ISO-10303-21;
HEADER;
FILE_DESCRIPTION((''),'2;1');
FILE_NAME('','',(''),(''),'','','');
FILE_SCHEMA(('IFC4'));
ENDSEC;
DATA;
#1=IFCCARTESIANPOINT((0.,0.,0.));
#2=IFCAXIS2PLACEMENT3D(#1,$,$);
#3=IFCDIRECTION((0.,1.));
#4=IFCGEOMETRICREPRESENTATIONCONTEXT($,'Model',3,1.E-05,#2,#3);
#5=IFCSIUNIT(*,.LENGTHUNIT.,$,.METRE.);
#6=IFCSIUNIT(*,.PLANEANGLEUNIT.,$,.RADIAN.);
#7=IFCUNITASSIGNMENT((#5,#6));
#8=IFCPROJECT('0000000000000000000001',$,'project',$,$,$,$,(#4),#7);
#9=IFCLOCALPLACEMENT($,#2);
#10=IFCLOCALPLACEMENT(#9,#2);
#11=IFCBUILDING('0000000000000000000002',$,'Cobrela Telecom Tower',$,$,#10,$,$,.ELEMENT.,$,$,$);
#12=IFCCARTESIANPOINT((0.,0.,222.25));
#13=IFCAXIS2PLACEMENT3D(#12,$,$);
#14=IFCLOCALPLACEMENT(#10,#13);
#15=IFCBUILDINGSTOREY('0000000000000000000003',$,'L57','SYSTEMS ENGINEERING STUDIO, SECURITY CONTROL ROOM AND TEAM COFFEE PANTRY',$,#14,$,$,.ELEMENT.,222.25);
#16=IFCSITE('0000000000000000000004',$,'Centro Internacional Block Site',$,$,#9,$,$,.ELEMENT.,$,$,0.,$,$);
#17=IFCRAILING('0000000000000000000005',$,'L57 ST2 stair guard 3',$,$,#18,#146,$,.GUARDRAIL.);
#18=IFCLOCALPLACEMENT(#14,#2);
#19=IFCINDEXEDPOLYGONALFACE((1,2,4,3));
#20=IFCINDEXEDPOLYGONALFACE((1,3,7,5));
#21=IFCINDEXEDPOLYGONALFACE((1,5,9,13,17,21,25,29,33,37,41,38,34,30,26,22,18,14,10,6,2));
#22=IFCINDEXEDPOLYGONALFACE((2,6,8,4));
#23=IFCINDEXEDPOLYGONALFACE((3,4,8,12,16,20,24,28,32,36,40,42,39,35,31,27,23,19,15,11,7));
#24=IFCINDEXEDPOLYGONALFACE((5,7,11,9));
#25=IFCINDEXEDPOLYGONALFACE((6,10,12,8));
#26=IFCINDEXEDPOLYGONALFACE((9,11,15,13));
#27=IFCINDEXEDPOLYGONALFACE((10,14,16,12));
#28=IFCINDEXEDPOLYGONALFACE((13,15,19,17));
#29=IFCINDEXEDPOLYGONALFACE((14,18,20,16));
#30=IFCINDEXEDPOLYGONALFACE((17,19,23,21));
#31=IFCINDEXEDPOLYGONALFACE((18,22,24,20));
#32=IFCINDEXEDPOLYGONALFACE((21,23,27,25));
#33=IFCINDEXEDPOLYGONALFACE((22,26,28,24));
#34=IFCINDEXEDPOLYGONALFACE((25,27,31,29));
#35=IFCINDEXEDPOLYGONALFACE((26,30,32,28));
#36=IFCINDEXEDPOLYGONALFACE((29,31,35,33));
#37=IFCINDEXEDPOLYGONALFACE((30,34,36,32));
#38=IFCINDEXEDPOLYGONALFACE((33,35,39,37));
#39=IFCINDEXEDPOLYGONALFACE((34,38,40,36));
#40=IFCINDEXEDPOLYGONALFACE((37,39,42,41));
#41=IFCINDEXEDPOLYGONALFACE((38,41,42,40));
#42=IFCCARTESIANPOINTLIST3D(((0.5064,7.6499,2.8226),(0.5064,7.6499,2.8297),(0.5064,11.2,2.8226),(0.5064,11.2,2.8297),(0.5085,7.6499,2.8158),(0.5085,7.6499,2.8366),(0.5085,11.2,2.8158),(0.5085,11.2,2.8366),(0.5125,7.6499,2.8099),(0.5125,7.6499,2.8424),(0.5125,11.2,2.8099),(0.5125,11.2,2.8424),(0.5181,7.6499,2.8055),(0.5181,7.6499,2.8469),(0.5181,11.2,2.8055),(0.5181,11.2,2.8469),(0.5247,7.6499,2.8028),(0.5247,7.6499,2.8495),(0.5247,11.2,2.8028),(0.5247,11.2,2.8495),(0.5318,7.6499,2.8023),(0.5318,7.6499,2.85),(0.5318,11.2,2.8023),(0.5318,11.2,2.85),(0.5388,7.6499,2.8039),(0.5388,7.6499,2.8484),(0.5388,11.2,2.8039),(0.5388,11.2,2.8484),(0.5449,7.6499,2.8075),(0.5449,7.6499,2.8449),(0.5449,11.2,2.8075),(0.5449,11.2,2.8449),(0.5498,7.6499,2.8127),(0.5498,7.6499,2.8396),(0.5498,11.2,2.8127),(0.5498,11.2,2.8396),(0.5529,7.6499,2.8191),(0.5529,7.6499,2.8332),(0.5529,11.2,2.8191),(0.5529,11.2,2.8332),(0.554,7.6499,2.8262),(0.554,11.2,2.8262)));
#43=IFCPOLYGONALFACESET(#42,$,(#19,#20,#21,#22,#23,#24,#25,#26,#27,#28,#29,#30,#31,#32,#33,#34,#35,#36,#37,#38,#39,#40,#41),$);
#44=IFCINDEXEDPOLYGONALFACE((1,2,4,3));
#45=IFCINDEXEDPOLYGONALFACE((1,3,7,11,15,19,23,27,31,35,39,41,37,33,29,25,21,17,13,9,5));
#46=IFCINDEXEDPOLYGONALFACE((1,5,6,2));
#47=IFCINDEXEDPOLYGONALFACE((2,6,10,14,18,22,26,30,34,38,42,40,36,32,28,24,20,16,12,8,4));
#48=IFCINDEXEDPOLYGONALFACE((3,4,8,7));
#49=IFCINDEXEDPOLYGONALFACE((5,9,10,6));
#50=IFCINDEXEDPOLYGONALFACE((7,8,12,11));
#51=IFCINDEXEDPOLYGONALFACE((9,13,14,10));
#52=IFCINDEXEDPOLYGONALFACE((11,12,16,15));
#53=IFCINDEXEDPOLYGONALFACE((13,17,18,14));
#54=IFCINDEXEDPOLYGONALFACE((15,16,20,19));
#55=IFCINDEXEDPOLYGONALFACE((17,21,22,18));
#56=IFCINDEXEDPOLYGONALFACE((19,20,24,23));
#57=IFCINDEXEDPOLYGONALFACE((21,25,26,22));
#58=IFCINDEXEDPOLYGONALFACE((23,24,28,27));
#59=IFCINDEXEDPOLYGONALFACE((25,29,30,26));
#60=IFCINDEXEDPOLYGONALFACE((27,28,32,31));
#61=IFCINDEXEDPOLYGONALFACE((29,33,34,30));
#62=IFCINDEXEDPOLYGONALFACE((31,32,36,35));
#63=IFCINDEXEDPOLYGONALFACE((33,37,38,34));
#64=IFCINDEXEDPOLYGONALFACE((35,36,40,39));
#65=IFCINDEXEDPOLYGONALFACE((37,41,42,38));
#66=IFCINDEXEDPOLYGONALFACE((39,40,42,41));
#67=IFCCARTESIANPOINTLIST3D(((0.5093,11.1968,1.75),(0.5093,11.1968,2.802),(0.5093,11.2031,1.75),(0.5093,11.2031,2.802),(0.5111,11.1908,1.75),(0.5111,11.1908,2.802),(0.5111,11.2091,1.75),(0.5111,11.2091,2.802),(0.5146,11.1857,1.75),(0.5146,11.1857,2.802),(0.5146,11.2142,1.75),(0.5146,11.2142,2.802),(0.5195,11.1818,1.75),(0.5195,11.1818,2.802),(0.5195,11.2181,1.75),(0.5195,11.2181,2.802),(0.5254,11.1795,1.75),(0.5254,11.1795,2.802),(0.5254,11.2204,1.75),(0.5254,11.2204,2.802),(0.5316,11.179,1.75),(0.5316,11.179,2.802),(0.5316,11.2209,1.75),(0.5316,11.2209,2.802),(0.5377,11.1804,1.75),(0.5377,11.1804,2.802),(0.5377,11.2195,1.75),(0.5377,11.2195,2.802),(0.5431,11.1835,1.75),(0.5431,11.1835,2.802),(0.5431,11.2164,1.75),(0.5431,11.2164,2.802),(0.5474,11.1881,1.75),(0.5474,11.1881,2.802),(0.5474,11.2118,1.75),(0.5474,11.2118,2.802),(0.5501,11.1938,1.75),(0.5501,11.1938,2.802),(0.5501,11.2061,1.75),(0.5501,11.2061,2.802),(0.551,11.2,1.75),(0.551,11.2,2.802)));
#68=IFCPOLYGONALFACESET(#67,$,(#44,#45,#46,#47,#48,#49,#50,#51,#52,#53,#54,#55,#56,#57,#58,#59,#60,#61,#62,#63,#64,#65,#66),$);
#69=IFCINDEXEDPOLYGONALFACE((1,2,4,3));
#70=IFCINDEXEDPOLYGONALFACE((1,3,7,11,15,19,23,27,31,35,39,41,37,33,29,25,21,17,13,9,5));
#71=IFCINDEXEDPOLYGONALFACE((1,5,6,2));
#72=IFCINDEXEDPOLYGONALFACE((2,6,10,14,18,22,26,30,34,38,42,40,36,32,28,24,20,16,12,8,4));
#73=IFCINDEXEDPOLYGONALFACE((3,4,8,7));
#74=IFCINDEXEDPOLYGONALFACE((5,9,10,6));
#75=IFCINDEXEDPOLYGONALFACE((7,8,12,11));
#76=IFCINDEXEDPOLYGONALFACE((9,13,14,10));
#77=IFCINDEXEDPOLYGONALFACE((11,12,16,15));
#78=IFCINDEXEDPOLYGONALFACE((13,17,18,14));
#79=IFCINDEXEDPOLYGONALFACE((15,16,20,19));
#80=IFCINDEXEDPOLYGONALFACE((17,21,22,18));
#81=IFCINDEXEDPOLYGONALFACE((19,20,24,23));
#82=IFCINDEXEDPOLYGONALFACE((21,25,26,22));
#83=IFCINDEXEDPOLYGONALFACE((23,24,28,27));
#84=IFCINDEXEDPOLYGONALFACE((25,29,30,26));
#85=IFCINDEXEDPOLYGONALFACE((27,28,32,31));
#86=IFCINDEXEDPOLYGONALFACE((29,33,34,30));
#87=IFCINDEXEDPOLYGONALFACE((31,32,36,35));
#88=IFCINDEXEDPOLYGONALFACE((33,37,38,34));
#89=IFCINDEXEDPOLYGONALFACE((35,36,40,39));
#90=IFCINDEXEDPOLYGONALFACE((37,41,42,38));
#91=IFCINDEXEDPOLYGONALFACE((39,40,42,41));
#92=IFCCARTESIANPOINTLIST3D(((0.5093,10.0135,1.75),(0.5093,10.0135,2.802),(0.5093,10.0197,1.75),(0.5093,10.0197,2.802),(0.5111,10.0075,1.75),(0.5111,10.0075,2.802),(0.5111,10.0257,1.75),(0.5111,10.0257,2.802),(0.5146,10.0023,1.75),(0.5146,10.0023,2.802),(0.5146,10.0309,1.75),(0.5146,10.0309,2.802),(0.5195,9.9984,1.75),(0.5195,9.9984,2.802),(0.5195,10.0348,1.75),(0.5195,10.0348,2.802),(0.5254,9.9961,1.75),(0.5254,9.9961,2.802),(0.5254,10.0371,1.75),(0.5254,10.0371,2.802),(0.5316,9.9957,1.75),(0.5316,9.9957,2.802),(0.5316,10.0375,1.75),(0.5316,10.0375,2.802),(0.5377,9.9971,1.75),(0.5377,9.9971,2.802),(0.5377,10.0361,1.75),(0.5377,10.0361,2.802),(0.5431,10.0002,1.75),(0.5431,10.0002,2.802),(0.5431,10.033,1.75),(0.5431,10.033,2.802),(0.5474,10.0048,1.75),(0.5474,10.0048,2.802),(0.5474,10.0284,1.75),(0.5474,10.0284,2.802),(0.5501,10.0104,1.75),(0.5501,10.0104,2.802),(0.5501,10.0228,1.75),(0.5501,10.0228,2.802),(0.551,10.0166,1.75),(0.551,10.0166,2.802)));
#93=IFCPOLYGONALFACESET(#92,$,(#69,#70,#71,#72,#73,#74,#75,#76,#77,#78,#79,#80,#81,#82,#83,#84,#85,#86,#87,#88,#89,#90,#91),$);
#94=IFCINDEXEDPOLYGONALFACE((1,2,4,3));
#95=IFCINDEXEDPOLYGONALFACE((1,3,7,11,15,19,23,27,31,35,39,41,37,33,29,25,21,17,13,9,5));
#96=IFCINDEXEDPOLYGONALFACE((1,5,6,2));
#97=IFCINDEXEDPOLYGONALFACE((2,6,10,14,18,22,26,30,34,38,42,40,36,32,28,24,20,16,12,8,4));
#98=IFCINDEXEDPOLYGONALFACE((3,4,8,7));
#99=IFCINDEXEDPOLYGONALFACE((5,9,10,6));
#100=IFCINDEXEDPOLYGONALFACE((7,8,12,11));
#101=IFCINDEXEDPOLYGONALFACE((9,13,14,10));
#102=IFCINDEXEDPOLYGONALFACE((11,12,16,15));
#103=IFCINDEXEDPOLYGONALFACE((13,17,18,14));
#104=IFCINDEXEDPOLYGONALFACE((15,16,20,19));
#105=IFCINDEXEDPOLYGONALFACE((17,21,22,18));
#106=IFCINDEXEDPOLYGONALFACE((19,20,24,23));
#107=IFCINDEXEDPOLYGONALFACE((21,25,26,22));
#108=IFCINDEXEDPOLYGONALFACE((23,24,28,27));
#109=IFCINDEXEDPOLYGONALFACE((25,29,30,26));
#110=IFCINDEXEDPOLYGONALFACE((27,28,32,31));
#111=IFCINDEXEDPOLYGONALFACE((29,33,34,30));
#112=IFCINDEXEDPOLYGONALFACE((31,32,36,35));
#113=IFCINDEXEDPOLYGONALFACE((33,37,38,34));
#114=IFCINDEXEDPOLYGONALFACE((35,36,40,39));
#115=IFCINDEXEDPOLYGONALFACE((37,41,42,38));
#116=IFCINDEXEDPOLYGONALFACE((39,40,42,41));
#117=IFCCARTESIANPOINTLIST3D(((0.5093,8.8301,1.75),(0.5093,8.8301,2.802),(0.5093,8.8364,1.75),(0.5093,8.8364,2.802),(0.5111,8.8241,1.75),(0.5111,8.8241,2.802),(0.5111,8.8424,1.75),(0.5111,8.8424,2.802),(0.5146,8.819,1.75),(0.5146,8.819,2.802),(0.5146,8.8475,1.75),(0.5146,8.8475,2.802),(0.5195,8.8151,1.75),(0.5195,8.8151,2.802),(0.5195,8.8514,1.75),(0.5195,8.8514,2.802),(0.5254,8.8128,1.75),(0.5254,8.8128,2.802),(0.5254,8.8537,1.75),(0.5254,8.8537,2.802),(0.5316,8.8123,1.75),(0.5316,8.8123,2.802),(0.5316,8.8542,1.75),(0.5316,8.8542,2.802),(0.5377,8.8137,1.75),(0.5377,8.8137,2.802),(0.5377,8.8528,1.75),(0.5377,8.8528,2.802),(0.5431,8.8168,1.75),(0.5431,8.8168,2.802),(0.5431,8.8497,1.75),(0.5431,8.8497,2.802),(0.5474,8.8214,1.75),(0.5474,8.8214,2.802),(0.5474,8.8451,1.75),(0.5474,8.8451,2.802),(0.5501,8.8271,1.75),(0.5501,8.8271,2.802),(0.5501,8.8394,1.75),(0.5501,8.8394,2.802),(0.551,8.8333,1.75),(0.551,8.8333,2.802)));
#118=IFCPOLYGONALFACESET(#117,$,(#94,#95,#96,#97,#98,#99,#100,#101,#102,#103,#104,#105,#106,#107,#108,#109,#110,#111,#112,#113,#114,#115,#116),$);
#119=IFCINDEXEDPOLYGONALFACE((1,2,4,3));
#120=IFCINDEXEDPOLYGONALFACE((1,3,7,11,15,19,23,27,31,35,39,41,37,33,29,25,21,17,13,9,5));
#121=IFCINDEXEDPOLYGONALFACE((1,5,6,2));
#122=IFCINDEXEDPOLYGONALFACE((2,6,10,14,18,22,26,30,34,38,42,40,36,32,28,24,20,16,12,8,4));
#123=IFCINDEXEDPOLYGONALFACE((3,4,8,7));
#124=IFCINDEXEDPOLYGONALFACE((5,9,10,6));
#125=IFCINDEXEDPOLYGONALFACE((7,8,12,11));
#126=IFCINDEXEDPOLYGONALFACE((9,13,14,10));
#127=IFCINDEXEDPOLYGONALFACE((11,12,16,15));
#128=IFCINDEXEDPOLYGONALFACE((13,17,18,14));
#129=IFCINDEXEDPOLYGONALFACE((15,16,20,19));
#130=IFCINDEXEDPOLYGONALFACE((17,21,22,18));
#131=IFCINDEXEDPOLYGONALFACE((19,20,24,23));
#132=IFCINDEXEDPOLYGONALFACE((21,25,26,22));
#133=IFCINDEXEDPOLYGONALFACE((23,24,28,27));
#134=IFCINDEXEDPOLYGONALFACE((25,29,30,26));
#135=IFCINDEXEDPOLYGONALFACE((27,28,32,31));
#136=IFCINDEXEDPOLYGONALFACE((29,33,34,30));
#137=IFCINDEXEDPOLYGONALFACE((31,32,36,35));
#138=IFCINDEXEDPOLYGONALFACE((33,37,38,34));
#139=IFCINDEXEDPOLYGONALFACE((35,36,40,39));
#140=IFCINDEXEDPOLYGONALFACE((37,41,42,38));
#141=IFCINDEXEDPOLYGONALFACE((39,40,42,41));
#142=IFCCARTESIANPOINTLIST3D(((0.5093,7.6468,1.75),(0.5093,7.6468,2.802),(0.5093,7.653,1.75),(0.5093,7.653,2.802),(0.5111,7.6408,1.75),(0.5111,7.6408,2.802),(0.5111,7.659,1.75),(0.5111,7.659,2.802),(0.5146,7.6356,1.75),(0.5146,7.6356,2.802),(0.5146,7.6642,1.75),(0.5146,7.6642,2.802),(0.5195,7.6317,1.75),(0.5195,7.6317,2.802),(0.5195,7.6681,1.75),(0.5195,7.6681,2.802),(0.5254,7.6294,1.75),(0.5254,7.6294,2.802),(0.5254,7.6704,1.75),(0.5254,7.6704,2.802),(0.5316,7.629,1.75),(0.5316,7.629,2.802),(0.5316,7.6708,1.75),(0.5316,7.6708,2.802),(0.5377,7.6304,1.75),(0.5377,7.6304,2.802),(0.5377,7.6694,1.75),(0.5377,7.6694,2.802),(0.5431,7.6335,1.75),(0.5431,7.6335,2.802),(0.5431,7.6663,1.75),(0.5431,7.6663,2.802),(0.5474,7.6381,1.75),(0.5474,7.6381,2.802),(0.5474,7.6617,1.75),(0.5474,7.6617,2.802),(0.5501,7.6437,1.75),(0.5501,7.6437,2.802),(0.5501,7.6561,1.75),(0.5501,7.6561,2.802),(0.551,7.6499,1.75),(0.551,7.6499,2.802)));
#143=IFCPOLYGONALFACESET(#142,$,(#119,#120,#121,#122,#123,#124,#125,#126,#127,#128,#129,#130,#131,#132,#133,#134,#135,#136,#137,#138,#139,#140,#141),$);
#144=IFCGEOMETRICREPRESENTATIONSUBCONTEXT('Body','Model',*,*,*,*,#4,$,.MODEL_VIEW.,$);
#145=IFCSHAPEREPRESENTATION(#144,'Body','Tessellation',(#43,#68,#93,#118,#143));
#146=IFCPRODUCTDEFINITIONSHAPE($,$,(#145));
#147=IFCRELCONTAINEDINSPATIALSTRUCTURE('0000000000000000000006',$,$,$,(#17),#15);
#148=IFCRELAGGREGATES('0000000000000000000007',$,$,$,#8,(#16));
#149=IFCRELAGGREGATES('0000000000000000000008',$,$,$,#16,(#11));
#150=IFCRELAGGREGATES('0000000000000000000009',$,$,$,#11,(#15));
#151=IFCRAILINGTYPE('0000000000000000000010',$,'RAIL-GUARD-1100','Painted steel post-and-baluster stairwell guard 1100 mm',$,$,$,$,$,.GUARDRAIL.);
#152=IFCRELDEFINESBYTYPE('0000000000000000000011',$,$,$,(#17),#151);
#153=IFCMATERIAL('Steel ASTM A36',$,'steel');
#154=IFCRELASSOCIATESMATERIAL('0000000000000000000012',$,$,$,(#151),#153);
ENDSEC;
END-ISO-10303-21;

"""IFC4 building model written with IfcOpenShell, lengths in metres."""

from ifc_helpers import new_model, si_unit, direction, frame, origin, origin_2d, place, context, subcontext, project, spatial, circle, extrude, material, type_object, element, save


model = new_model("IFC4")

# Units and contexts
model_context = context("Model", 3, precision=1e-05, world=origin(), true_north=direction((0.0, 1.0)))
body_context = subcontext(model_context, "Body", "Model", "MODEL_VIEW")
ifc_project = project(units=[si_unit("LENGTHUNIT", "METRE"), si_unit("PLANEANGLEUNIT", "RADIAN")], contexts=[model_context])

# Site, building, storey
site_placement = place(None, origin())
site = spatial("IfcSite", under=ifc_project, at=site_placement, Name="Centro Internacional Block Site", CompositionType="ELEMENT", RefElevation=0.0)
building_placement = place(site_placement, origin())
building = spatial("IfcBuilding", under=site, at=building_placement, Name="Cobrela Telecom Tower", CompositionType="ELEMENT")
storey_placement = place(building_placement, frame((0.0, 0.0, 222.25)))
storey = spatial("IfcBuildingStorey", under=building, at=storey_placement, Name="L57", Description="SYSTEMS ENGINEERING STUDIO, SECURITY CONTROL ROOM AND TEAM COFFEE PANTRY", CompositionType="ELEMENT", Elevation=222.25)

# Shared definitions
ifc_material_1 = material(Name="Steel ASTM A36", Category="steel")

# Railing
railing_type = type_object("IfcRailingType", Name="RAIL-GUARD-1100", Description="Painted steel post-and-baluster stairwell guard 1100 mm", PredefinedType="GUARDRAIL", material=ifc_material_1)
railing_1_placement = place(storey_placement, frame((0.53, 11.2, 1.75)))
element("IfcRailing", 1, at=railing_1_placement, inside=storey, type_object=railing_type, Name="L57 ST2 stair guard 3", PredefinedType="GUARDRAIL", context=body_context, shape_type="SweptSolid", body=[
    extrude(circle(Radius=0.0239, at=origin_2d()), frame((0.0, 0.0, 1.0762), z_axis=(0.0, -1.0, 0.0), x_axis=(1.0, 0.0, 0.0)), (0.0, 0.0, 1.0), 3.55),
    extrude(circle(Radius=0.021, at=origin_2d()), origin(), (0.0, 0.0, 1.0), 1.052),
    extrude(circle(Radius=0.021, at=origin_2d()), frame((0.0, -1.1833, 0.0)), (0.0, 0.0, 1.0), 1.052),
    extrude(circle(Radius=0.021, at=origin_2d()), frame((0.0, -2.3667, 0.0)), (0.0, 0.0, 1.0), 1.052),
    extrude(circle(Radius=0.021, at=origin_2d()), frame((0.0, -3.55, 0.0)), (0.0, 0.0, 1.0), 1.052),
])

save(model, "model.ifc")
